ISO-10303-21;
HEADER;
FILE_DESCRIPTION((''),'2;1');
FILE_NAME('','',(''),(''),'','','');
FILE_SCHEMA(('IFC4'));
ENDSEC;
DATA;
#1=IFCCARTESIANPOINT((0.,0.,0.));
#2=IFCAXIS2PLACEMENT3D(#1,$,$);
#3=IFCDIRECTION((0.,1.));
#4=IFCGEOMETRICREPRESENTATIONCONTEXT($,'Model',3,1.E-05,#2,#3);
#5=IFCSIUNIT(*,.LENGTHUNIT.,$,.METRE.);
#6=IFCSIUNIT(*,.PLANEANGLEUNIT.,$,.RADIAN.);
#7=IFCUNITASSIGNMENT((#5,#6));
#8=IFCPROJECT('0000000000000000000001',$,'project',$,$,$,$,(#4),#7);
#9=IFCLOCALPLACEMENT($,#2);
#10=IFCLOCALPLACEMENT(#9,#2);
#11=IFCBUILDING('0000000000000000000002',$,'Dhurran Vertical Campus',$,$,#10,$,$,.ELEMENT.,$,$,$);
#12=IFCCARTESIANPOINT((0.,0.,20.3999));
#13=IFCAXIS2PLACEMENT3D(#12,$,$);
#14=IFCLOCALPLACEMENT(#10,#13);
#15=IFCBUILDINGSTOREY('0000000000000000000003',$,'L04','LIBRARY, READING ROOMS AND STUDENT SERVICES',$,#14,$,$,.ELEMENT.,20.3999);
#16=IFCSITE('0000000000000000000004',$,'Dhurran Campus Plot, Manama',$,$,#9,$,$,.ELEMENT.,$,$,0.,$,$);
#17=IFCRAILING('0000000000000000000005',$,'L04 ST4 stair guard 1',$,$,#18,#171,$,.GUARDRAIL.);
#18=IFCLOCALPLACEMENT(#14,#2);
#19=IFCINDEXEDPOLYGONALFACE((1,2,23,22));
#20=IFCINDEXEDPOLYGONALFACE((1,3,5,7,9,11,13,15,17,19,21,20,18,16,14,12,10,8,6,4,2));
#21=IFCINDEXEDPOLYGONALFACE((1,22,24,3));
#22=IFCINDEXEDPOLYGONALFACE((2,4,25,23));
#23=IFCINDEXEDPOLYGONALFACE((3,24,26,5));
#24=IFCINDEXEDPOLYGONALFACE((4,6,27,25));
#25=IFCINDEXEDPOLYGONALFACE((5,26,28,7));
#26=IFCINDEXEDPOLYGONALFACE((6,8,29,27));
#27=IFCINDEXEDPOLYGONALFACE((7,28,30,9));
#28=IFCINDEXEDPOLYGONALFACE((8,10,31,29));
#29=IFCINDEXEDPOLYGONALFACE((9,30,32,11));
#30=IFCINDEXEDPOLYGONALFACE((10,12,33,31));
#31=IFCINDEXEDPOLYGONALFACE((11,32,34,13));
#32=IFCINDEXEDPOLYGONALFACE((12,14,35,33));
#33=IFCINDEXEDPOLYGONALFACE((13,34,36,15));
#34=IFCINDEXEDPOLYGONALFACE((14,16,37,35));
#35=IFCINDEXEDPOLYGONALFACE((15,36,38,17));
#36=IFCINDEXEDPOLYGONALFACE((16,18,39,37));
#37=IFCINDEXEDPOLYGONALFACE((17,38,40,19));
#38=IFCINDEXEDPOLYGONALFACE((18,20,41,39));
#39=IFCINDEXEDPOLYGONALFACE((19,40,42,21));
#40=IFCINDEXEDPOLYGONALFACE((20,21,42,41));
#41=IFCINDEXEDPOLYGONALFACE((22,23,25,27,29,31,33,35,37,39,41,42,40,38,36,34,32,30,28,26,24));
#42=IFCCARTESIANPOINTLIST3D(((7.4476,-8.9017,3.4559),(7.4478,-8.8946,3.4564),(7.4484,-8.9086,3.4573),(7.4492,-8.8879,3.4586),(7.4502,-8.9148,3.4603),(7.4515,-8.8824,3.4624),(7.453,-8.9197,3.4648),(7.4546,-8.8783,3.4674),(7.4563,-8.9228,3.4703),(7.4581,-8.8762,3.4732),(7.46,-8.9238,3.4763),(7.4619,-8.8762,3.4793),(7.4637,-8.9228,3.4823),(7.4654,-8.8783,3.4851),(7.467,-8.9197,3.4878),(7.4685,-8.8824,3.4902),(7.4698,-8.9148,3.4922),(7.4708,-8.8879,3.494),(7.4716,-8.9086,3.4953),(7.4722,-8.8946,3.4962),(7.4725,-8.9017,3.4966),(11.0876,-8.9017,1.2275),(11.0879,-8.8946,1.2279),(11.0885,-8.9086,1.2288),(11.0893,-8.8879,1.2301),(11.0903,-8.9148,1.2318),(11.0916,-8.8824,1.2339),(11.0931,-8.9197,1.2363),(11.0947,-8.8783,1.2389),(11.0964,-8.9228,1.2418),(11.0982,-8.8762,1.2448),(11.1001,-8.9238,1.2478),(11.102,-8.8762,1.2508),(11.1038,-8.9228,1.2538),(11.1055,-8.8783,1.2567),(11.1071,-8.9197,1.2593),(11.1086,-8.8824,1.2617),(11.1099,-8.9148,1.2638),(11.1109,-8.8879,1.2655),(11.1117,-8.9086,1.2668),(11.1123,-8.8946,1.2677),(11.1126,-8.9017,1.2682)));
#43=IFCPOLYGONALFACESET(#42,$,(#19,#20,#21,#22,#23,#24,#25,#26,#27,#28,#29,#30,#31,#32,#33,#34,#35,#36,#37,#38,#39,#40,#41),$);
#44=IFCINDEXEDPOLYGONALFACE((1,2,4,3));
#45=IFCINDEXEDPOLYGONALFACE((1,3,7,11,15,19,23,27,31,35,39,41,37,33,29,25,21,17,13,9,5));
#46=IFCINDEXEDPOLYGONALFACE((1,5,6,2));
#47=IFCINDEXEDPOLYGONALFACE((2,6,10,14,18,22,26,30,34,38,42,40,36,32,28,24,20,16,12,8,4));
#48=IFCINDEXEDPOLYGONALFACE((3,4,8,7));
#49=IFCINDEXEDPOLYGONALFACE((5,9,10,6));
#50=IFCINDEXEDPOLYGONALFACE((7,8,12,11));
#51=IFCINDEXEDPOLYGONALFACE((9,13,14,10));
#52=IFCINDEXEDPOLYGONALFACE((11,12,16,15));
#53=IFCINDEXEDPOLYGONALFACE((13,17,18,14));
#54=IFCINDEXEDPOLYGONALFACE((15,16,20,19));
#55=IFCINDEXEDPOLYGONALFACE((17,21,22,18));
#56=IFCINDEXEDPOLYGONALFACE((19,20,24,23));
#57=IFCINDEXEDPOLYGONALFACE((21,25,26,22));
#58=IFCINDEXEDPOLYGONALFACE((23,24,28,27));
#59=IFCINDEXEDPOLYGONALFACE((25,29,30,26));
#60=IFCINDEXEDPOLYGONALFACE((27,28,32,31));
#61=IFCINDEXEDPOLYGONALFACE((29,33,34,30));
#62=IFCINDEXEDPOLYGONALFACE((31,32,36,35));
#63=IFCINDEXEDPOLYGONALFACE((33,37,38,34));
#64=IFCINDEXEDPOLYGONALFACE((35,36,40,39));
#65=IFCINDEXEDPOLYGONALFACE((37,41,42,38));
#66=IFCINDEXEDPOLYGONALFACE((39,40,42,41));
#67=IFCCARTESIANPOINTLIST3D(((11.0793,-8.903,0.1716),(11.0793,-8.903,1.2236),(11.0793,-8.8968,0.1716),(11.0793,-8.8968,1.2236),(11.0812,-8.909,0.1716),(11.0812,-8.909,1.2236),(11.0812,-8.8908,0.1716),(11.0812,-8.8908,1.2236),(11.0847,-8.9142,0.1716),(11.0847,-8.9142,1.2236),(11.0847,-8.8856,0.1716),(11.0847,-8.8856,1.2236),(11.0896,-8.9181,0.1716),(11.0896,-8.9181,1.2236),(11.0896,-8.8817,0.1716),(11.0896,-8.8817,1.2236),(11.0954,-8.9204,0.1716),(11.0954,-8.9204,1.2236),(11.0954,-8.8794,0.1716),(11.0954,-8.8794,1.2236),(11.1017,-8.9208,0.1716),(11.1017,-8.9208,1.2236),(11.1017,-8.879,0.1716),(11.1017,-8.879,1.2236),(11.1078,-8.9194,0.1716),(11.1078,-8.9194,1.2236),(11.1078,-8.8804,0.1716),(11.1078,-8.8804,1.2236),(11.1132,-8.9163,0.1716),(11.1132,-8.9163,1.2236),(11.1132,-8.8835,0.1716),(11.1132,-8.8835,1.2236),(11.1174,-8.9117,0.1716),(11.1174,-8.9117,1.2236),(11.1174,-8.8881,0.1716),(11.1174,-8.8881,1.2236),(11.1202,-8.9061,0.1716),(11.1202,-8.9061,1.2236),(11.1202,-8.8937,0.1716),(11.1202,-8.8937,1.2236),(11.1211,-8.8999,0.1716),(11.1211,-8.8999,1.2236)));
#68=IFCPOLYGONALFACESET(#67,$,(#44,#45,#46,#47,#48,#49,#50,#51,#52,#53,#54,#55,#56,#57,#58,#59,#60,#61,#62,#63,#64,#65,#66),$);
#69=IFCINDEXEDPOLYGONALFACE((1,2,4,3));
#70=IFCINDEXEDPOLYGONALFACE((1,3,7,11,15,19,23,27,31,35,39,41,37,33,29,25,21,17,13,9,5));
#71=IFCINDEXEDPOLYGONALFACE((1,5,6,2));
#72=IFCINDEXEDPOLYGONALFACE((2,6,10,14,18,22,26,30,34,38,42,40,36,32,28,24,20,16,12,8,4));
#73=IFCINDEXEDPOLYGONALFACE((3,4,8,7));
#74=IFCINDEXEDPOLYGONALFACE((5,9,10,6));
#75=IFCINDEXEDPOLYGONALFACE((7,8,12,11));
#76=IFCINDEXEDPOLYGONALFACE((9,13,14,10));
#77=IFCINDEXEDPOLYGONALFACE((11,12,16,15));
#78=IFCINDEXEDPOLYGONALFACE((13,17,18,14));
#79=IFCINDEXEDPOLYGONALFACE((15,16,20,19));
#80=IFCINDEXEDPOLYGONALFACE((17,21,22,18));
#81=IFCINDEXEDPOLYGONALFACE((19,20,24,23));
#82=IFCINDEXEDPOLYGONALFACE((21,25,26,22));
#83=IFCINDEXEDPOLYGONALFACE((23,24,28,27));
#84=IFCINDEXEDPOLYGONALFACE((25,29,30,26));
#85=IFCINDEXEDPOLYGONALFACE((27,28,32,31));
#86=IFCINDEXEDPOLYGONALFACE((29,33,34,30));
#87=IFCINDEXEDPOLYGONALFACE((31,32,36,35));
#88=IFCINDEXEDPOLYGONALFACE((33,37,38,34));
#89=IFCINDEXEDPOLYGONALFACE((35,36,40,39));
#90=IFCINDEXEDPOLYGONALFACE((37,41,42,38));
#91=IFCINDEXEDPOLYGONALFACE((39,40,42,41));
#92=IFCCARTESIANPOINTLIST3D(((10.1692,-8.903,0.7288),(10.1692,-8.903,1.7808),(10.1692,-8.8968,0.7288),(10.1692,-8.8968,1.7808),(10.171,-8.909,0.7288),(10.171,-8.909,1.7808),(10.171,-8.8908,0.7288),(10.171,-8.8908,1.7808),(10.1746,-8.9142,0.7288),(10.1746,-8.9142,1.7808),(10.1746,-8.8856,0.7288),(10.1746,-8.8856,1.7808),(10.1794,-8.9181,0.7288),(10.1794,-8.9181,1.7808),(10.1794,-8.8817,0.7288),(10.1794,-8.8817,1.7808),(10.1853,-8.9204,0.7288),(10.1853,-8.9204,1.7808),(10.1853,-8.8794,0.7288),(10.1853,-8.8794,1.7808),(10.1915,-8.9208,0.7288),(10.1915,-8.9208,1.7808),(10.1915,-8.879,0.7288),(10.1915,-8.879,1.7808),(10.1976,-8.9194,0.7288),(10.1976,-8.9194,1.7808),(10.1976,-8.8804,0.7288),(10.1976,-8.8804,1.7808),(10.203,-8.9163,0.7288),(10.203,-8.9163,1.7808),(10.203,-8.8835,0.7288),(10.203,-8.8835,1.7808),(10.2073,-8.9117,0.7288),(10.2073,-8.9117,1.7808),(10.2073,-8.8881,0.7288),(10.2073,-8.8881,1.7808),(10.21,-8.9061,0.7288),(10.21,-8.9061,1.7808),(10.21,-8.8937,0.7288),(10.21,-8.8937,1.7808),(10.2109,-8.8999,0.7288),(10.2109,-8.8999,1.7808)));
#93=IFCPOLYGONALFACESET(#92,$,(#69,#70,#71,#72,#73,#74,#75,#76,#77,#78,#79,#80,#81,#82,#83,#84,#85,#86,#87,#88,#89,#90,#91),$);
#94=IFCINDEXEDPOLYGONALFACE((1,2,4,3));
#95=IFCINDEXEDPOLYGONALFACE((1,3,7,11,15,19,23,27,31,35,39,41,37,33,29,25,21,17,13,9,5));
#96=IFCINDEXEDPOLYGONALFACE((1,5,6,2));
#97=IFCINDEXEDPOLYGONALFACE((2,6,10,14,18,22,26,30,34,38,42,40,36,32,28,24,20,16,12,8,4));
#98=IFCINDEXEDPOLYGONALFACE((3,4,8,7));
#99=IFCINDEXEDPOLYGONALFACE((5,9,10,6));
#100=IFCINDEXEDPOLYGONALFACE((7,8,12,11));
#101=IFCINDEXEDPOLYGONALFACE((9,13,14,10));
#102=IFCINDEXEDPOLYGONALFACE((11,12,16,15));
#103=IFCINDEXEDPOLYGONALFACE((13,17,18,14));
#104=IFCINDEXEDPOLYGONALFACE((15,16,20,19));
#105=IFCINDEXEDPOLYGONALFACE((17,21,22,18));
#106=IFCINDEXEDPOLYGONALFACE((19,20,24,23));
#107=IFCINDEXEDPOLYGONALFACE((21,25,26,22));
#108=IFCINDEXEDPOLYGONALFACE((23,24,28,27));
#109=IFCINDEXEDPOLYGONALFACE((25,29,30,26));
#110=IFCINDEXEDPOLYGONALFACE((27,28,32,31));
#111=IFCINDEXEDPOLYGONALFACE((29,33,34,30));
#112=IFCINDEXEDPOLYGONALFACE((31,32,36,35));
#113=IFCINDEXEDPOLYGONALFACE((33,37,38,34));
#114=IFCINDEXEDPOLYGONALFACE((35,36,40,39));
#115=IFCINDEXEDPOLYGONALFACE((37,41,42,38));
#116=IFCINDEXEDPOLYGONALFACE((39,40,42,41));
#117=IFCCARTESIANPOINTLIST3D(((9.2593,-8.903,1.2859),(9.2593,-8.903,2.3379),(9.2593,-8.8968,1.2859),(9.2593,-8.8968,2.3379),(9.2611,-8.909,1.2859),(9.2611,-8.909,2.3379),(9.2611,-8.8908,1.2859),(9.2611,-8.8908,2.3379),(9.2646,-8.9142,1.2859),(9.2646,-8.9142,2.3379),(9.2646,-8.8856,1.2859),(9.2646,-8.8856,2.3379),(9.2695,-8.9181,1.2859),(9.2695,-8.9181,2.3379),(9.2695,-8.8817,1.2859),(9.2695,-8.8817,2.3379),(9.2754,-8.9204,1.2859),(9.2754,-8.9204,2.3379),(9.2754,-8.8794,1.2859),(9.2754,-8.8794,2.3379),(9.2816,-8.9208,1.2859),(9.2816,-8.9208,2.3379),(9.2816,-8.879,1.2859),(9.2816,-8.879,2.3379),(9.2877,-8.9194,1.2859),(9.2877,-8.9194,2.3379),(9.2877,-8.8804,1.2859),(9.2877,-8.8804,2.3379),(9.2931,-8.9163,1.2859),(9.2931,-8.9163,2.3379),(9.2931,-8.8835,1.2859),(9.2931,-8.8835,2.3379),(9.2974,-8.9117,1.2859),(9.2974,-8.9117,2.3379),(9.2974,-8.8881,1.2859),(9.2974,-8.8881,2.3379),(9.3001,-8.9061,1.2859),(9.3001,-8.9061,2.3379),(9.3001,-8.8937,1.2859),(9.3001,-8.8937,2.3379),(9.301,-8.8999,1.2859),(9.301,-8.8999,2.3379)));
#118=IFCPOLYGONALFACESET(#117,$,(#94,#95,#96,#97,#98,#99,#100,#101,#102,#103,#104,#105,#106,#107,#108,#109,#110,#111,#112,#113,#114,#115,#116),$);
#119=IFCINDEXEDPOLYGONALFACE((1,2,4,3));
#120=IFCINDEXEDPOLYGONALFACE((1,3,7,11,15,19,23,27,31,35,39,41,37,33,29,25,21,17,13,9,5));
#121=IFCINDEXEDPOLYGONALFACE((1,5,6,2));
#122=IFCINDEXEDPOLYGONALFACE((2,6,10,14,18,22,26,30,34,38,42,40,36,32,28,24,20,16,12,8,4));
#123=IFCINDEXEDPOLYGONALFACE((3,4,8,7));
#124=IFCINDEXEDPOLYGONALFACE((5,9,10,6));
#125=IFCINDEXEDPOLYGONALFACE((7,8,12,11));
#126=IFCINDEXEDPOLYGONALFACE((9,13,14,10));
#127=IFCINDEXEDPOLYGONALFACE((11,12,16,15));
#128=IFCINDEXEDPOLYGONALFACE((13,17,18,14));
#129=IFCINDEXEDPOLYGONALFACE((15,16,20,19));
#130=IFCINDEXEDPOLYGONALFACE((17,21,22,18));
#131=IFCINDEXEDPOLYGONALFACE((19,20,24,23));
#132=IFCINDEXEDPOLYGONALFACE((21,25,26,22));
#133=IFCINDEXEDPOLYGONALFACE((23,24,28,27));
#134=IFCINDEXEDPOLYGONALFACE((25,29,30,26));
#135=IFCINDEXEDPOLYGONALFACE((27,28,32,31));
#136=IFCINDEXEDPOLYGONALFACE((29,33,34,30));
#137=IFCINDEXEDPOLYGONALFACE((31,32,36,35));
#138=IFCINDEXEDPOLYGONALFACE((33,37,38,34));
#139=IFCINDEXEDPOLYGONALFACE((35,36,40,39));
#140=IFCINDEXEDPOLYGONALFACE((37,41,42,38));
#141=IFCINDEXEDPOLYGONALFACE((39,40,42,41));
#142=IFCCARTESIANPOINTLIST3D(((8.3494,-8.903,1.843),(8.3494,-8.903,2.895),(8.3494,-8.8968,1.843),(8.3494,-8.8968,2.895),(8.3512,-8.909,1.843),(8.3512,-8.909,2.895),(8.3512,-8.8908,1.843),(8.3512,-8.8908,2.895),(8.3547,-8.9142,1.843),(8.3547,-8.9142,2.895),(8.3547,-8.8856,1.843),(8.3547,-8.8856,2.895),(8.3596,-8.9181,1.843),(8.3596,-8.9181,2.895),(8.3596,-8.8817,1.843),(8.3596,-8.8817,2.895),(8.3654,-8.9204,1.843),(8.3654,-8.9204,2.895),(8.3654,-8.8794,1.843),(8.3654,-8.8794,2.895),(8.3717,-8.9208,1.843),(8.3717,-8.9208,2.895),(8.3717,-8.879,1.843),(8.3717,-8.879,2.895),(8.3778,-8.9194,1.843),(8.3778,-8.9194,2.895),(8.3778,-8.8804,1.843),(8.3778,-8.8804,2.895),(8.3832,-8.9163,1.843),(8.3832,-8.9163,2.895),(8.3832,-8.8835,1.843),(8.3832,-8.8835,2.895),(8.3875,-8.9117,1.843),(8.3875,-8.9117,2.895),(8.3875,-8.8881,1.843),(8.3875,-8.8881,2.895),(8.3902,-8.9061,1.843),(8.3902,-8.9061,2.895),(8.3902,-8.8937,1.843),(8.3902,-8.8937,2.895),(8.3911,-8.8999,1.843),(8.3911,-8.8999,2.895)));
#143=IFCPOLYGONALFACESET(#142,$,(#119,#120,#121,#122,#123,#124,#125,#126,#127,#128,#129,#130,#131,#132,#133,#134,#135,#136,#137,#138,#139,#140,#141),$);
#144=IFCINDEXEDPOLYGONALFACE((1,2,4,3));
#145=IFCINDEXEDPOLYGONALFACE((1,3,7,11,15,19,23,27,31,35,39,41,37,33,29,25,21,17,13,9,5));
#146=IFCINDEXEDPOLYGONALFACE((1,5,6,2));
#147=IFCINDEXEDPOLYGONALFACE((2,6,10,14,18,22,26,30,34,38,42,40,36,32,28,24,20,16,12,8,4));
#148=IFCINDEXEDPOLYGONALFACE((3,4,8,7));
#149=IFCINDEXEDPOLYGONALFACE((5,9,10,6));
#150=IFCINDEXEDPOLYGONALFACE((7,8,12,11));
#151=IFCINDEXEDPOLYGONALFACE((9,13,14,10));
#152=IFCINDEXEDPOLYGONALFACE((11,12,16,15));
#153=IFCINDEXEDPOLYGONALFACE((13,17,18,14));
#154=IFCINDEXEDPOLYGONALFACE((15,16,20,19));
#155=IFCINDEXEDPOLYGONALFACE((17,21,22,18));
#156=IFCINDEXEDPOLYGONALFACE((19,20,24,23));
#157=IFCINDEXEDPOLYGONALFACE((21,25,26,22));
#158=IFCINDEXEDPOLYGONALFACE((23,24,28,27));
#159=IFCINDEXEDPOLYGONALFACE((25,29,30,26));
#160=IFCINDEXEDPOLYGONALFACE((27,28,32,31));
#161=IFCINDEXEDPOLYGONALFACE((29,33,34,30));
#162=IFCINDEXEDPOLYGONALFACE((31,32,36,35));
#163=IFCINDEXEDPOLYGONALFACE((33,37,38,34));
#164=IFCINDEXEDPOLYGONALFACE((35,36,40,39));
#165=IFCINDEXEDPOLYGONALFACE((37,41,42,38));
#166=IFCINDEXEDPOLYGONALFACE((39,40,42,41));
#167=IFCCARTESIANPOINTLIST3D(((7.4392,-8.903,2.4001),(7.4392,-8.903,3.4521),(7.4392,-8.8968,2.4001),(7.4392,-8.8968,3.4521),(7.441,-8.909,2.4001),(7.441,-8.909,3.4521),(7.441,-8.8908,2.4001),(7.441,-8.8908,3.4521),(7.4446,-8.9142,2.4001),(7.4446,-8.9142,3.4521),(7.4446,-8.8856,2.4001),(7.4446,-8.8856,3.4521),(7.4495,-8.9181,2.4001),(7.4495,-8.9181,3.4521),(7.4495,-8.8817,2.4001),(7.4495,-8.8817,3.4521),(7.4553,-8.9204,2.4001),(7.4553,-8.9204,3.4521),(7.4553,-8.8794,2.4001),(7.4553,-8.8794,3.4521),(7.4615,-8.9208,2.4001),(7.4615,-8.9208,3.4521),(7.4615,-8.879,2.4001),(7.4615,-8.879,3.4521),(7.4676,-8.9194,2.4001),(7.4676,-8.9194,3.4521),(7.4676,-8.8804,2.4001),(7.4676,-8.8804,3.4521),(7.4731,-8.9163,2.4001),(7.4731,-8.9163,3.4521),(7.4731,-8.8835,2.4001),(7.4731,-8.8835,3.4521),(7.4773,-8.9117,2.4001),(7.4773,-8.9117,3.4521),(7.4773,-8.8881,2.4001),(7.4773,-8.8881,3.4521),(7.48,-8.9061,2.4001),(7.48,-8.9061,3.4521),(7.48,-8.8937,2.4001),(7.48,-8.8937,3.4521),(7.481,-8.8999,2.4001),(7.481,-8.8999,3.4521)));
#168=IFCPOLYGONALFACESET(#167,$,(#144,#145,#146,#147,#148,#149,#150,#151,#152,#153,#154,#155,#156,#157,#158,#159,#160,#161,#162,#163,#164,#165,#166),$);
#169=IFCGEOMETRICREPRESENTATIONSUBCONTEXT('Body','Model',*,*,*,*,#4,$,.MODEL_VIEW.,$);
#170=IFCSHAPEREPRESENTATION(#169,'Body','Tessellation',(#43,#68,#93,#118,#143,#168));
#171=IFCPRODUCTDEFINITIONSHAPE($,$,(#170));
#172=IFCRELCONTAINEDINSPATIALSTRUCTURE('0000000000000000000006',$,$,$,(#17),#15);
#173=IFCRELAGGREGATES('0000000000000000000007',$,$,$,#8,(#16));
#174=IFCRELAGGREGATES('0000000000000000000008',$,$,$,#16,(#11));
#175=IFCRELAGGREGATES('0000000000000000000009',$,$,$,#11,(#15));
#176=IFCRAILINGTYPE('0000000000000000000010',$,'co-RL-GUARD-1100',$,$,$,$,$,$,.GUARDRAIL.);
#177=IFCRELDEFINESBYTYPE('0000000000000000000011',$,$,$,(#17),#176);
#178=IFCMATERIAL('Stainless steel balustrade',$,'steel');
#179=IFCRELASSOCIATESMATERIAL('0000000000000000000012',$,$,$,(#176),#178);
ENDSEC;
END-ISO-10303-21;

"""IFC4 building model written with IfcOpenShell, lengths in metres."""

from ifc_helpers import new_model, si_unit, direction, frame, origin, origin_2d, place, context, subcontext, project, spatial, circle, extrude, material, type_object, element, save


model = new_model("IFC4")

# Units and contexts
model_context = context("Model", 3, precision=1e-05, world=origin(), true_north=direction((0.0, 1.0)))
body_context = subcontext(model_context, "Body", "Model", "MODEL_VIEW")
ifc_project = project(units=[si_unit("LENGTHUNIT", "METRE"), si_unit("PLANEANGLEUNIT", "RADIAN")], contexts=[model_context])

# Site, building, storey
site_placement = place(None, origin())
site = spatial("IfcSite", under=ifc_project, at=site_placement, Name="Dhurran Campus Plot, Manama", CompositionType="ELEMENT", RefElevation=0.0)
building_placement = place(site_placement, origin())
building = spatial("IfcBuilding", under=site, at=building_placement, Name="Dhurran Vertical Campus", CompositionType="ELEMENT")
storey_placement = place(building_placement, frame((0.0, 0.0, 20.3999)))
storey = spatial("IfcBuildingStorey", under=building, at=storey_placement, Name="L04", Description="LIBRARY, READING ROOMS AND STUDENT SERVICES", CompositionType="ELEMENT", Elevation=20.3999)

# Railing
ifc_material_1 = material(Name="Stainless steel balustrade", Category="steel")
railing_type_1 = type_object("IfcRailingType", Name="co-RL-GUARD-1100", PredefinedType="GUARDRAIL", material=ifc_material_1)
railing_1_placement = place(storey_placement, frame((11.1001, -8.8999, 0.1716)))
element("IfcRailing", 1, at=railing_1_placement, inside=storey, type_object=railing_type_1, Name="L04 ST4 stair guard 1", PredefinedType="GUARDRAIL", context=body_context, shape_type="SweptSolid", body=[
    extrude(circle(Radius=0.0239, at=origin_2d()), frame((0.0, 0.0, 1.0762), z_axis=(-0.852866, 0.0, 0.52213), x_axis=(0.0, -1.0, 0.0)), (0.0, 0.0, 1.0), 4.2681),
    extrude(circle(Radius=0.021, at=origin_2d()), origin(), (0.0, 0.0, 1.0), 1.052),
    extrude(circle(Radius=0.021, at=origin_2d()), frame((-0.9102, 0.0, 0.5571)), (0.0, 0.0, 1.0), 1.052),
    extrude(circle(Radius=0.021, at=origin_2d()), frame((-1.8201, 0.0, 1.1143)), (0.0, 0.0, 1.0), 1.052),
    extrude(circle(Radius=0.021, at=origin_2d()), frame((-2.73, 0.0, 1.6714)), (0.0, 0.0, 1.0), 1.052),
    extrude(circle(Radius=0.021, at=origin_2d()), frame((-3.6401, 0.0, 2.2285)), (0.0, 0.0, 1.0), 1.052),
])

save(model, "model.ifc")
